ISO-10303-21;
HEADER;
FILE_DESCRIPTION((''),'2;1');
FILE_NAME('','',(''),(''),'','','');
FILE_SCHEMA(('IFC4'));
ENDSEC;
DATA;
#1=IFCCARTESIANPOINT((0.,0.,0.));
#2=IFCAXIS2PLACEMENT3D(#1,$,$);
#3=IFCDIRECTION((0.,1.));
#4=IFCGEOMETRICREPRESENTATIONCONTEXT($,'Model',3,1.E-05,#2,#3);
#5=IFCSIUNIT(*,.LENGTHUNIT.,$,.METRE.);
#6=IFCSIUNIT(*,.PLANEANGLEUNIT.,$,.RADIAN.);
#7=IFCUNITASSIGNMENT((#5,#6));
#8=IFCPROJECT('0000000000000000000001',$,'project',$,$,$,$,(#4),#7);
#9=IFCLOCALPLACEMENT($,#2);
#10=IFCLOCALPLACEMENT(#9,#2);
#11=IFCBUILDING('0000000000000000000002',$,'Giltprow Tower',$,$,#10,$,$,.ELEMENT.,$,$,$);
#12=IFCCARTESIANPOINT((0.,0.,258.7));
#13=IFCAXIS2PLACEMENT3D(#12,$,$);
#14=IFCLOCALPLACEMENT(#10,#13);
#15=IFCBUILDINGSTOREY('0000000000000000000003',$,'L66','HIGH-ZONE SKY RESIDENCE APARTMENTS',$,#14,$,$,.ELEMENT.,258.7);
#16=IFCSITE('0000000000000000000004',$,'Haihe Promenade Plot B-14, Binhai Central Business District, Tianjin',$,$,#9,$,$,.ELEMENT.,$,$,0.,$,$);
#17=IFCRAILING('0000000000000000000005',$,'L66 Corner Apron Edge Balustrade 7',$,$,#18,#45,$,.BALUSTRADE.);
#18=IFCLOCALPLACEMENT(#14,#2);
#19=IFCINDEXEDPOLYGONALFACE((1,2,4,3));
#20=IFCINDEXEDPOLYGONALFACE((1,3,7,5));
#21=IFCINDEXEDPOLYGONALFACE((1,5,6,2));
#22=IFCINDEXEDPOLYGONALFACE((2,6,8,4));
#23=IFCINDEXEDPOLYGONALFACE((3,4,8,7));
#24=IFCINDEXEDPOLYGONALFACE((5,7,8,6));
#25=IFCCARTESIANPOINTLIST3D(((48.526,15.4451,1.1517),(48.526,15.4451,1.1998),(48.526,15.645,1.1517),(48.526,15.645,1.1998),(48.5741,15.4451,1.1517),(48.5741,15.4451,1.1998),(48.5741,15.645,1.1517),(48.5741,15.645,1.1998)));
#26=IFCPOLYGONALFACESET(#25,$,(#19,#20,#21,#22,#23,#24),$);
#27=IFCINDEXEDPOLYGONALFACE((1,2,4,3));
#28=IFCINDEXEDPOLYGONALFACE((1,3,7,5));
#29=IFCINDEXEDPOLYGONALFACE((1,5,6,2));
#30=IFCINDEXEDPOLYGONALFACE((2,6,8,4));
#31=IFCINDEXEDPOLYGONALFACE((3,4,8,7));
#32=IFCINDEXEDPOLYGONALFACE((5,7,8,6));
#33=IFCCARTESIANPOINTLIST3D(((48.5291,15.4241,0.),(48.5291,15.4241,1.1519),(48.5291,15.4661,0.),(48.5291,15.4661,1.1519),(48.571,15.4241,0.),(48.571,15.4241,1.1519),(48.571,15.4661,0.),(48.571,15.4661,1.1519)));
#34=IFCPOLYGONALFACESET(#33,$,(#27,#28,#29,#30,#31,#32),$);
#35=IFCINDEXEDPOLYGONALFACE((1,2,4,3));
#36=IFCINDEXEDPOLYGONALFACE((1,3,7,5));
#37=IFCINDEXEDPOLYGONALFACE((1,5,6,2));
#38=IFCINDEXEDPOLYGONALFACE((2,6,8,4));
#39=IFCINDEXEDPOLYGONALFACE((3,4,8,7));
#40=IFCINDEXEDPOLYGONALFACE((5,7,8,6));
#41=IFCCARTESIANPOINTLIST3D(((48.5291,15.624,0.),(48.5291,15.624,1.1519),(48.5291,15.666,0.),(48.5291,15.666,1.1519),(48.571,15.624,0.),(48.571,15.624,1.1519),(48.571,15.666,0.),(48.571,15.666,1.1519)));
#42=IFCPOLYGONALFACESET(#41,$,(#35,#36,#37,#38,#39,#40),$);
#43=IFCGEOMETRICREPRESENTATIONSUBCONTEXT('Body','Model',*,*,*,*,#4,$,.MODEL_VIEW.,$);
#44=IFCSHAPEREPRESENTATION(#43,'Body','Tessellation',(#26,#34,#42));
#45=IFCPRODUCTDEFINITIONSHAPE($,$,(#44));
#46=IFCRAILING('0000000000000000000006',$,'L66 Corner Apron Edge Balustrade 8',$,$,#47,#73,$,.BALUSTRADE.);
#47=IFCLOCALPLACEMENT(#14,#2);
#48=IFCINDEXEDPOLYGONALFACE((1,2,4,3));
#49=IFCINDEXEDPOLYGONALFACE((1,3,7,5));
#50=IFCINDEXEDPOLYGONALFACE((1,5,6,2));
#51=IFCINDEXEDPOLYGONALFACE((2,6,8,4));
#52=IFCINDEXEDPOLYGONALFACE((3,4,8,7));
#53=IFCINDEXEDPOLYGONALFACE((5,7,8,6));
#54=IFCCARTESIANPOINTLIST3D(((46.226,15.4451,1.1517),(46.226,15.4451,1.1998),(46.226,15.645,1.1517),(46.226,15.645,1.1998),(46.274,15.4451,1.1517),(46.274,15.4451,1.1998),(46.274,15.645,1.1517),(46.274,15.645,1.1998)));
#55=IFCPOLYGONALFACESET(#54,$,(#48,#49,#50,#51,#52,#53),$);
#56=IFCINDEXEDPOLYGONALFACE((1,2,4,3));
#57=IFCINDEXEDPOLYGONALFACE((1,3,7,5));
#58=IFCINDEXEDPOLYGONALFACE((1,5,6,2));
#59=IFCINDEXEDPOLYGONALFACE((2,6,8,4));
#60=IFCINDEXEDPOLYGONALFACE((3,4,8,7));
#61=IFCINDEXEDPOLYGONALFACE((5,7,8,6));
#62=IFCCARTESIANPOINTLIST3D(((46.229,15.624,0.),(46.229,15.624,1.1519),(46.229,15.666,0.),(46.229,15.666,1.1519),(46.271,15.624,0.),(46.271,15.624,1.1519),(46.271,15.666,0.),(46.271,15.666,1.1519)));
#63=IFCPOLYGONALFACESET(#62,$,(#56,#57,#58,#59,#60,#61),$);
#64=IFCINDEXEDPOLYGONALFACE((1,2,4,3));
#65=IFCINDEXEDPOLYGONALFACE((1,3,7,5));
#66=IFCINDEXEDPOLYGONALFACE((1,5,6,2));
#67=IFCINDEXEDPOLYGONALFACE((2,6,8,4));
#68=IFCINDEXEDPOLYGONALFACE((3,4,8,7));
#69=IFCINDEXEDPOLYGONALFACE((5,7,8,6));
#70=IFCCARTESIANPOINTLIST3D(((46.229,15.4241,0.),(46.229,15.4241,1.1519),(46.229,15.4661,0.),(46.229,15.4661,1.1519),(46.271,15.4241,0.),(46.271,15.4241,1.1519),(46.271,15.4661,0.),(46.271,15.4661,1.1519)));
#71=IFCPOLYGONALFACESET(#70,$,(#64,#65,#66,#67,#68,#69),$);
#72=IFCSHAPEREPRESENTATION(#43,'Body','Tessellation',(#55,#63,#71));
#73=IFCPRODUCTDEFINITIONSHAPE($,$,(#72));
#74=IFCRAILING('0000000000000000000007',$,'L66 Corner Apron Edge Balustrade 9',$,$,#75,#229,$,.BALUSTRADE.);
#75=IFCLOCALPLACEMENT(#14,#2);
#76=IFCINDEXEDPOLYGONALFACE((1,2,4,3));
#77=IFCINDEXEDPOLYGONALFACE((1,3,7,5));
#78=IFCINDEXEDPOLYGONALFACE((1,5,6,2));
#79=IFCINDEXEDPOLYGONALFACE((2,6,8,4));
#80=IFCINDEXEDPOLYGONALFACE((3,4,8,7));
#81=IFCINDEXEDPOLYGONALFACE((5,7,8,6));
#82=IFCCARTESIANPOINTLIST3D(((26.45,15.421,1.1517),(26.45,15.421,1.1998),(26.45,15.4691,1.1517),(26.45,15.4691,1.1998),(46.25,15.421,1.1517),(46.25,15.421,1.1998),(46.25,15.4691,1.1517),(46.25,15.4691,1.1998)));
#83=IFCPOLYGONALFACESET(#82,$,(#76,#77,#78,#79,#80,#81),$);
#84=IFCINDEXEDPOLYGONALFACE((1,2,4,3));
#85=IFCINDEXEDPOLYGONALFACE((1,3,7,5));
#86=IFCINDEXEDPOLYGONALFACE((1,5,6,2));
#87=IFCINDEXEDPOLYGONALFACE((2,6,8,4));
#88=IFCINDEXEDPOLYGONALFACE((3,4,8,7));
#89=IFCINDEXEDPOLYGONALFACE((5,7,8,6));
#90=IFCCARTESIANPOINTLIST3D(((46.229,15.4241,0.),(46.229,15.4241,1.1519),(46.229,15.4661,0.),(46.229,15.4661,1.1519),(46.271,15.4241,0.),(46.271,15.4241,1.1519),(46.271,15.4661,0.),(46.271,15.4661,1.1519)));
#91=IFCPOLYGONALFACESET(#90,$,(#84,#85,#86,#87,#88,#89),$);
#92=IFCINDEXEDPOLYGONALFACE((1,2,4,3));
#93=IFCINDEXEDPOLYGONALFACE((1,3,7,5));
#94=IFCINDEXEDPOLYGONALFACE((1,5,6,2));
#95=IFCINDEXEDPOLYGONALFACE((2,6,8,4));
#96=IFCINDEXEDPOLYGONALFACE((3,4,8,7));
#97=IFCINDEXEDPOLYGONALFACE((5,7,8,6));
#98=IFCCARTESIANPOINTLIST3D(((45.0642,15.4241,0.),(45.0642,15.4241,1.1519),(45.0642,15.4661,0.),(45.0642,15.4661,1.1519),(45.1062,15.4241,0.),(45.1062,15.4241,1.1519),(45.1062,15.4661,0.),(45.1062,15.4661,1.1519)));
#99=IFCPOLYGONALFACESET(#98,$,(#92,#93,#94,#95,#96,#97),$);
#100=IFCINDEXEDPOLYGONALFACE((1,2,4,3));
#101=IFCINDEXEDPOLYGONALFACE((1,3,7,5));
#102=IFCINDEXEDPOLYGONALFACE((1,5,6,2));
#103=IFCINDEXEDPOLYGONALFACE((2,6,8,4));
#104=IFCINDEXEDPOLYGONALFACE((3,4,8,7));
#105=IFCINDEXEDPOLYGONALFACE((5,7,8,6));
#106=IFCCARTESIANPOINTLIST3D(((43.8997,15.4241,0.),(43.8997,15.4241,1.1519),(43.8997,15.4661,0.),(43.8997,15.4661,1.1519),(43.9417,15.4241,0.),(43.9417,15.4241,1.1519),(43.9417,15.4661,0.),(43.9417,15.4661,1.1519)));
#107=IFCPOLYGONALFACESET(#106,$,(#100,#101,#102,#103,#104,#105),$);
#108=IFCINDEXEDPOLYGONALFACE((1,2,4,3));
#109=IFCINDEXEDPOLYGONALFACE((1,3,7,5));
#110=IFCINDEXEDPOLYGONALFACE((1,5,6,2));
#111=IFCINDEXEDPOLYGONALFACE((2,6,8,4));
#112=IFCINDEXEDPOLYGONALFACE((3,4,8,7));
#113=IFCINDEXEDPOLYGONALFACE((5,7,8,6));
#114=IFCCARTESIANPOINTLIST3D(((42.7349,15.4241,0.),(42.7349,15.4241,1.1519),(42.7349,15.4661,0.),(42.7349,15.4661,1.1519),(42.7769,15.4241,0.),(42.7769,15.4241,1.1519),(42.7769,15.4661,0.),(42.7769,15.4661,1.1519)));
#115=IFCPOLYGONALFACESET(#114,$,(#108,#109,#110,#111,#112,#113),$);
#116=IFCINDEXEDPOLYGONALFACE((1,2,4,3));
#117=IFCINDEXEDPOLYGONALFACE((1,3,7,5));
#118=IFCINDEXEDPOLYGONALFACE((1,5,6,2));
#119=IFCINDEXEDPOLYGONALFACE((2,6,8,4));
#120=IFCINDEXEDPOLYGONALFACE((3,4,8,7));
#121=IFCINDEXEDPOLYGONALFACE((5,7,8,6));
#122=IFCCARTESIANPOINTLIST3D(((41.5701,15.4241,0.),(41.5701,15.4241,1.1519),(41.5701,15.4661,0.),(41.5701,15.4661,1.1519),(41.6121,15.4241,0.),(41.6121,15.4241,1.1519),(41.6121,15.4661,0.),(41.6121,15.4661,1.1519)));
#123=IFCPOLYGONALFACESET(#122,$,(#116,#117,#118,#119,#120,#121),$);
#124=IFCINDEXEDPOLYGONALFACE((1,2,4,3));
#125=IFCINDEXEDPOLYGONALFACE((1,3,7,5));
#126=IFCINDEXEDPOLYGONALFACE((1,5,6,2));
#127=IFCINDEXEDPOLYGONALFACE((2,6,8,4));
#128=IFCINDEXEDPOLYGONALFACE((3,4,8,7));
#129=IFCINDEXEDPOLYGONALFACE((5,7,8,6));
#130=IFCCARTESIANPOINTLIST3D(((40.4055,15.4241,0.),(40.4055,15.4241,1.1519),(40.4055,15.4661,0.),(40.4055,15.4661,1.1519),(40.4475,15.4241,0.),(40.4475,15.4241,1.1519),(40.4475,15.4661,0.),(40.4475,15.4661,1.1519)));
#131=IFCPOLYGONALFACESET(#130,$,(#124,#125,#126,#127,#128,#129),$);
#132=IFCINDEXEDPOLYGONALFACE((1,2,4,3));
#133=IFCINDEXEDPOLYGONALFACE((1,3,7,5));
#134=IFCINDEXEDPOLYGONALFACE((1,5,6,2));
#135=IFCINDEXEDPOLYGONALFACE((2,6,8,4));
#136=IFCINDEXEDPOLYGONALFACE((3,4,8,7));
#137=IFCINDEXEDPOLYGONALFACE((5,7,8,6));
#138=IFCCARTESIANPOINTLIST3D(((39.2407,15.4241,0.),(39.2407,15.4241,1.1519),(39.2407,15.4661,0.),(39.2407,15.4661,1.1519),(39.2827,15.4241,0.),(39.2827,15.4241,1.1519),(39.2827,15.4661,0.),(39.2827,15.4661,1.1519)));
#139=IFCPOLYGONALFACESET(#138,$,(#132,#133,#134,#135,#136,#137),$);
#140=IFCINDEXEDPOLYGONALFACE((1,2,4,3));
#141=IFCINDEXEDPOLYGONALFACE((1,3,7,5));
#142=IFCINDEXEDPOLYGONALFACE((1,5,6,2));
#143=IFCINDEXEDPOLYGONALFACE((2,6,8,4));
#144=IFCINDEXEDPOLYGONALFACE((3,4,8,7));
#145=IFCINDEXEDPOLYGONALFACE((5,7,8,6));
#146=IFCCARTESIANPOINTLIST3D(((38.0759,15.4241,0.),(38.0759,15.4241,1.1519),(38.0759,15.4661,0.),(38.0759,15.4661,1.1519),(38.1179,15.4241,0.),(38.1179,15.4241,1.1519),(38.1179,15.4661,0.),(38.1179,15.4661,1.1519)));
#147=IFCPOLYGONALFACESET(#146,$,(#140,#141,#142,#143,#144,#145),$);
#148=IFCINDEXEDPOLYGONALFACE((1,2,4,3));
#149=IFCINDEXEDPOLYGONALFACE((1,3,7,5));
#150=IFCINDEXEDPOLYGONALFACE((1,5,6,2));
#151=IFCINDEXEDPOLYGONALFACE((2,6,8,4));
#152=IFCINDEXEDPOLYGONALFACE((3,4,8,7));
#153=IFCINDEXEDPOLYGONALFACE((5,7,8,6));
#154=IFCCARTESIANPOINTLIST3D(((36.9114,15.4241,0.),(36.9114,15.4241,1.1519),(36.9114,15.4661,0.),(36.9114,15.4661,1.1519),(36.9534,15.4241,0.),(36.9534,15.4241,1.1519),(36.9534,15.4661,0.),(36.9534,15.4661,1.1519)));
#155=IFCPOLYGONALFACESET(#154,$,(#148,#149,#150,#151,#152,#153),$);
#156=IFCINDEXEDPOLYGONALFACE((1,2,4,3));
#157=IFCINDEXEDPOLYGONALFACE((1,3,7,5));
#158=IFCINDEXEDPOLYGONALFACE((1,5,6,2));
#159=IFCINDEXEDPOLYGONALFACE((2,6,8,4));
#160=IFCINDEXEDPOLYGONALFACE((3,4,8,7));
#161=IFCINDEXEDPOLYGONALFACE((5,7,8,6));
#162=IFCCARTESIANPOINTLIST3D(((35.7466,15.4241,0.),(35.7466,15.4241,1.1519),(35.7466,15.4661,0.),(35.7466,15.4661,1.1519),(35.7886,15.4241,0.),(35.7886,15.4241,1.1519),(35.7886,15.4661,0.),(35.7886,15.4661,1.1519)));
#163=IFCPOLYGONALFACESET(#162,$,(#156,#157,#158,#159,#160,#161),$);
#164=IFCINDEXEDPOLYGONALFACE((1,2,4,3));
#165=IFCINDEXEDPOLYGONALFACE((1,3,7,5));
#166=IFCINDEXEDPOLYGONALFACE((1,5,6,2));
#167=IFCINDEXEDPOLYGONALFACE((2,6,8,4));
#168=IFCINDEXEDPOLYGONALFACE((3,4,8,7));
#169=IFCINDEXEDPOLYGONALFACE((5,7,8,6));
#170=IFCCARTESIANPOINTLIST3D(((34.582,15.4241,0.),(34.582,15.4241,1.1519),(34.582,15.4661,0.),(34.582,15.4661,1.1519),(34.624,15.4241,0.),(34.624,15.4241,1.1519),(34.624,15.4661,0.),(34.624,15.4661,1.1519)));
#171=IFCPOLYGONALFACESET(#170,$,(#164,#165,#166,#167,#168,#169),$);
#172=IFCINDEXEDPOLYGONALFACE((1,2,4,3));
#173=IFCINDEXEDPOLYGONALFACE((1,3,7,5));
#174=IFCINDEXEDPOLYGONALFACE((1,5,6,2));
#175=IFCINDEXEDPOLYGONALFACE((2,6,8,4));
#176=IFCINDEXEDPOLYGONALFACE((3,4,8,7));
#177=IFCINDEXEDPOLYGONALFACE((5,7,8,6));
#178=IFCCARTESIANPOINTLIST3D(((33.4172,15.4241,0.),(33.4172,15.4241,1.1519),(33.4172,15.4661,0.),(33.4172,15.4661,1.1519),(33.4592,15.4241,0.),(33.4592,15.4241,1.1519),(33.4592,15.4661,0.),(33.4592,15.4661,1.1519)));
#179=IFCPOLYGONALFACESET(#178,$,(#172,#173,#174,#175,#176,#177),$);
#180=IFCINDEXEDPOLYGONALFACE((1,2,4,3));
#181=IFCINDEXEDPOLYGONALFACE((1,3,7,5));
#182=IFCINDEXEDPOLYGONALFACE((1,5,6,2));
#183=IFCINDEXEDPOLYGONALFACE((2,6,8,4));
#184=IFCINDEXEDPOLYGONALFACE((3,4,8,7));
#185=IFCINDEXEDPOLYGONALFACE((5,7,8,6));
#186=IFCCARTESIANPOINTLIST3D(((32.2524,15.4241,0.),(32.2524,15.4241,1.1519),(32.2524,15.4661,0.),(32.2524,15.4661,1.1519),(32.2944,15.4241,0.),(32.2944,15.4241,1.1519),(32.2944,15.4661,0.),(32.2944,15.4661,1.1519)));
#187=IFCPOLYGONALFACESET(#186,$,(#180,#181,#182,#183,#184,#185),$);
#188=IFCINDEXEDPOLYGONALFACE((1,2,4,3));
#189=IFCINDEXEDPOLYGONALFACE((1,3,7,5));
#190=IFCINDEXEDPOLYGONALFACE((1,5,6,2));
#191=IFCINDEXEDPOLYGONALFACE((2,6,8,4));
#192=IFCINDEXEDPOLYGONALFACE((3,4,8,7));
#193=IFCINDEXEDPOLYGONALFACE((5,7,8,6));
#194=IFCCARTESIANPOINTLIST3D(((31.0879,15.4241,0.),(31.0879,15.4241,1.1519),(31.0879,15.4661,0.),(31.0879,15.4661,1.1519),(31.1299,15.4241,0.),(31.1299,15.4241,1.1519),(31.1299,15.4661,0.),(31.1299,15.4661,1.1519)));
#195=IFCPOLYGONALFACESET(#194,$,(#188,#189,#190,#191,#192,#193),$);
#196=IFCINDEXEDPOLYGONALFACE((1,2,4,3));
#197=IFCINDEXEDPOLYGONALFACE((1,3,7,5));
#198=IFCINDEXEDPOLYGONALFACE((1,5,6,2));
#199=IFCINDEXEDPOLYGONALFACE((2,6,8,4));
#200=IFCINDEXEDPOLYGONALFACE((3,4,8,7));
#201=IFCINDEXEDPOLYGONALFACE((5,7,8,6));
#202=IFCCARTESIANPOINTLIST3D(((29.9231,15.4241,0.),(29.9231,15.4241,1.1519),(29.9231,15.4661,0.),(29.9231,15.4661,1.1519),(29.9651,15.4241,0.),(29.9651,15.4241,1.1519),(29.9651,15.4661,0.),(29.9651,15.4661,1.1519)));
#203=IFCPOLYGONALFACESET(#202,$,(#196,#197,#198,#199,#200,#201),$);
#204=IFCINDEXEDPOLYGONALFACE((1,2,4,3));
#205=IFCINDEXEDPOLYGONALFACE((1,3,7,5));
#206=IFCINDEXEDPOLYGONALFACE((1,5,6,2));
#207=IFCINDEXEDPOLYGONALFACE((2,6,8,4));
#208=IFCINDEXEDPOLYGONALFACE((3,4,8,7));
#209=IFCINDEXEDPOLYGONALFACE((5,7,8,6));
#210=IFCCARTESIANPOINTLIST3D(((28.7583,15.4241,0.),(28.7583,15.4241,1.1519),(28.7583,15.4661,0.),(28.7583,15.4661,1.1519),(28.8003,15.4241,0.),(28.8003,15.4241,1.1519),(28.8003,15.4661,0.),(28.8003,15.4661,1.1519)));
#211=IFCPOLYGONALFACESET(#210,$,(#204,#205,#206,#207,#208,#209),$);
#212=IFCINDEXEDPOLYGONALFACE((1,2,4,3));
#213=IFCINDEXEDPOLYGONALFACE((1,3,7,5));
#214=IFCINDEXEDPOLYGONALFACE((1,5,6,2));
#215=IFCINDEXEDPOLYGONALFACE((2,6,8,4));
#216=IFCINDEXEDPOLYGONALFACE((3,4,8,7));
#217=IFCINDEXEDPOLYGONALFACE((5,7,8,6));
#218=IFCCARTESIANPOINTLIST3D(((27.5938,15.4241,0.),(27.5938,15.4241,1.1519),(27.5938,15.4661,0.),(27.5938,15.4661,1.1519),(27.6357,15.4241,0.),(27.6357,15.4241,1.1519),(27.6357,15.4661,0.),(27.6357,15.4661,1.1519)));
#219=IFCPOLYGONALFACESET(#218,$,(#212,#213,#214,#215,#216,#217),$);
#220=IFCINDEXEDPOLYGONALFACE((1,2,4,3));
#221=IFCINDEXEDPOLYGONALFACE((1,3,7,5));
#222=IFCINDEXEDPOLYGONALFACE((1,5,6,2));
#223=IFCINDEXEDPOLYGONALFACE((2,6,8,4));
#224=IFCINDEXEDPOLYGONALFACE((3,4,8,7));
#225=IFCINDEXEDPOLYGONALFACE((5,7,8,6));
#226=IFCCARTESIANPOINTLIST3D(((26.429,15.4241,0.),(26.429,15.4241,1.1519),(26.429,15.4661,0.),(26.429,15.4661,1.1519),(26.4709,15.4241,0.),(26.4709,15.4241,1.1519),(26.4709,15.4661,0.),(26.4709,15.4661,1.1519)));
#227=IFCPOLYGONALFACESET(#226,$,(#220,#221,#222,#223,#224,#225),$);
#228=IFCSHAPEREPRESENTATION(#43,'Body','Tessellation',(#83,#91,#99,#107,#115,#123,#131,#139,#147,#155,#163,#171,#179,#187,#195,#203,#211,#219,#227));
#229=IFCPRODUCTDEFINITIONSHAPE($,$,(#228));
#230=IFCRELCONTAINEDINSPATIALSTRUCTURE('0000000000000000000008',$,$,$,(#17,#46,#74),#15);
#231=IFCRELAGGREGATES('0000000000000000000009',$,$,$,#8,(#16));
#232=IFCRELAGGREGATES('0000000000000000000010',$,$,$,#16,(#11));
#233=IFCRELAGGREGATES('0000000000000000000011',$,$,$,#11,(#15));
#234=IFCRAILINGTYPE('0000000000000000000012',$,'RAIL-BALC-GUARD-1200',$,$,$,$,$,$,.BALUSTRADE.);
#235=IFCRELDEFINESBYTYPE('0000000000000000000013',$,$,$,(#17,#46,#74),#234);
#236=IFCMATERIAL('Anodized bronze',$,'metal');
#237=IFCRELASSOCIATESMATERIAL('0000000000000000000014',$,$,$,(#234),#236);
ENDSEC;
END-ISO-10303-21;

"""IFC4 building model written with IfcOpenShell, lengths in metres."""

from ifc_helpers import new_model, si_unit, direction, frame, origin, origin_2d, place, context, subcontext, project, spatial, rectangle, extrude, material, type_object, element, save


model = new_model("IFC4")

# Units and contexts
model_context = context("Model", 3, precision=1e-05, world=origin(), true_north=direction((0.0, 1.0)))
body_context = subcontext(model_context, "Body", "Model", "MODEL_VIEW")
ifc_project = project(units=[si_unit("LENGTHUNIT", "METRE"), si_unit("PLANEANGLEUNIT", "RADIAN")], contexts=[model_context])

# Site, building, storey
site_placement = place(None, origin())
site = spatial("IfcSite", under=ifc_project, at=site_placement, Name="Haihe Promenade Plot B-14, Binhai Central Business District, Tianjin", CompositionType="ELEMENT", RefElevation=0.0)
building_placement = place(site_placement, origin())
building = spatial("IfcBuilding", under=site, at=building_placement, Name="Giltprow Tower", CompositionType="ELEMENT")
storey_placement = place(building_placement, frame((0.0, 0.0, 258.7)))
storey = spatial("IfcBuildingStorey", under=building, at=storey_placement, Name="L66", Description="HIGH-ZONE SKY RESIDENCE APARTMENTS", CompositionType="ELEMENT", Elevation=258.7)

# Shared definitions
ifc_material_1 = material(Name="Anodized bronze", Category="metal")

# Railings
railing_type = type_object("IfcRailingType", Name="RAIL-BALC-GUARD-1200", PredefinedType="BALUSTRADE", material=ifc_material_1)
railing_1_placement = place(storey_placement, frame((48.55, 15.4451, 0.0)))
element("IfcRailing", 1, at=railing_1_placement, inside=storey, type_object=railing_type, Name="L66 Corner Apron Edge Balustrade 7", PredefinedType="BALUSTRADE", context=body_context, shape_type="SweptSolid", body=[
    extrude(rectangle(XDim=0.0481, YDim=0.0481, at=origin_2d()), frame((0.0, 0.0, 1.1758), z_axis=(0.0, 1.0, 0.0), x_axis=(-1.0, 0.0, 0.0)), (0.0, 0.0, 1.0), 0.2),
    extrude(rectangle(XDim=0.042, YDim=0.042, at=origin_2d()), origin(), (0.0, 0.0, 1.0), 1.1519),
    extrude(rectangle(XDim=0.042, YDim=0.042, at=origin_2d()), frame((0.0, 0.2, 0.0)), (0.0, 0.0, 1.0), 1.1519),
])
railing_2_placement = place(storey_placement, frame((46.25, 15.645, 0.0)))
element("IfcRailing", 2, at=railing_2_placement, inside=storey, type_object=railing_type, Name="L66 Corner Apron Edge Balustrade 8", PredefinedType="BALUSTRADE", context=body_context, shape_type="SweptSolid", body=[
    extrude(rectangle(XDim=0.0481, YDim=0.0481, at=origin_2d()), frame((0.0, 0.0, 1.1758), z_axis=(0.0, -1.0, 0.0), x_axis=(1.0, 0.0, 0.0)), (0.0, 0.0, 1.0), 0.2),
    extrude(rectangle(XDim=0.042, YDim=0.042, at=origin_2d()), origin(), (0.0, 0.0, 1.0), 1.1519),
    extrude(rectangle(XDim=0.042, YDim=0.042, at=origin_2d()), frame((0.0, -0.2, 0.0)), (0.0, 0.0, 1.0), 1.1519),
])
railing_3_placement = place(storey_placement, frame((46.25, 15.4451, 0.0)))
element("IfcRailing", 3, at=railing_3_placement, inside=storey, type_object=railing_type, Name="L66 Corner Apron Edge Balustrade 9", PredefinedType="BALUSTRADE", context=body_context, shape_type="SweptSolid", body=[
    extrude(rectangle(XDim=0.0481, YDim=0.0481, at=origin_2d()), frame((0.0, 0.0, 1.1758), z_axis=(-1.0, 0.0, 0.0), x_axis=(0.0, -1.0, 0.0)), (0.0, 0.0, 1.0), 19.8),
    extrude(rectangle(XDim=0.042, YDim=0.042, at=origin_2d()), origin(), (0.0, 0.0, 1.0), 1.1519),
    extrude(rectangle(XDim=0.042, YDim=0.042, at=origin_2d()), frame((-1.1648, 0.0, 0.0)), (0.0, 0.0, 1.0), 1.1519),
    extrude(rectangle(XDim=0.042, YDim=0.042, at=origin_2d()), frame((-2.3293, 0.0, 0.0)), (0.0, 0.0, 1.0), 1.1519),
    extrude(rectangle(XDim=0.042, YDim=0.042, at=origin_2d()), frame((-3.4941, 0.0, 0.0)), (0.0, 0.0, 1.0), 1.1519),
    extrude(rectangle(XDim=0.042, YDim=0.042, at=origin_2d()), frame((-4.6589, 0.0, 0.0)), (0.0, 0.0, 1.0), 1.1519),
    extrude(rectangle(XDim=0.042, YDim=0.042, at=origin_2d()), frame((-5.8235, 0.0, 0.0)), (0.0, 0.0, 1.0), 1.1519),
    extrude(rectangle(XDim=0.042, YDim=0.042, at=origin_2d()), frame((-6.9883, 0.0, 0.0)), (0.0, 0.0, 1.0), 1.1519),
    extrude(rectangle(XDim=0.042, YDim=0.042, at=origin_2d()), frame((-8.1531, 0.0, 0.0)), (0.0, 0.0, 1.0), 1.1519),
    extrude(rectangle(XDim=0.042, YDim=0.042, at=origin_2d()), frame((-9.3176, 0.0, 0.0)), (0.0, 0.0, 1.0), 1.1519),
    extrude(rectangle(XDim=0.042, YDim=0.042, at=origin_2d()), frame((-10.4824, 0.0, 0.0)), (0.0, 0.0, 1.0), 1.1519),
    extrude(rectangle(XDim=0.042, YDim=0.042, at=origin_2d()), frame((-11.647, 0.0, 0.0)), (0.0, 0.0, 1.0), 1.1519),
    extrude(rectangle(XDim=0.042, YDim=0.042, at=origin_2d()), frame((-12.8118, 0.0, 0.0)), (0.0, 0.0, 1.0), 1.1519),
    extrude(rectangle(XDim=0.042, YDim=0.042, at=origin_2d()), frame((-13.9766, 0.0, 0.0)), (0.0, 0.0, 1.0), 1.1519),
    extrude(rectangle(XDim=0.042, YDim=0.042, at=origin_2d()), frame((-15.1411, 0.0, 0.0)), (0.0, 0.0, 1.0), 1.1519),
    extrude(rectangle(XDim=0.042, YDim=0.042, at=origin_2d()), frame((-16.3059, 0.0, 0.0)), (0.0, 0.0, 1.0), 1.1519),
    extrude(rectangle(XDim=0.042, YDim=0.042, at=origin_2d()), frame((-17.4707, 0.0, 0.0)), (0.0, 0.0, 1.0), 1.1519),
    extrude(rectangle(XDim=0.042, YDim=0.042, at=origin_2d()), frame((-18.6353, 0.0, 0.0)), (0.0, 0.0, 1.0), 1.1519),
    extrude(rectangle(XDim=0.042, YDim=0.042, at=origin_2d()), frame((-19.8, 0.0, 0.0)), (0.0, 0.0, 1.0), 1.1519),
])

save(model, "model.ifc")
